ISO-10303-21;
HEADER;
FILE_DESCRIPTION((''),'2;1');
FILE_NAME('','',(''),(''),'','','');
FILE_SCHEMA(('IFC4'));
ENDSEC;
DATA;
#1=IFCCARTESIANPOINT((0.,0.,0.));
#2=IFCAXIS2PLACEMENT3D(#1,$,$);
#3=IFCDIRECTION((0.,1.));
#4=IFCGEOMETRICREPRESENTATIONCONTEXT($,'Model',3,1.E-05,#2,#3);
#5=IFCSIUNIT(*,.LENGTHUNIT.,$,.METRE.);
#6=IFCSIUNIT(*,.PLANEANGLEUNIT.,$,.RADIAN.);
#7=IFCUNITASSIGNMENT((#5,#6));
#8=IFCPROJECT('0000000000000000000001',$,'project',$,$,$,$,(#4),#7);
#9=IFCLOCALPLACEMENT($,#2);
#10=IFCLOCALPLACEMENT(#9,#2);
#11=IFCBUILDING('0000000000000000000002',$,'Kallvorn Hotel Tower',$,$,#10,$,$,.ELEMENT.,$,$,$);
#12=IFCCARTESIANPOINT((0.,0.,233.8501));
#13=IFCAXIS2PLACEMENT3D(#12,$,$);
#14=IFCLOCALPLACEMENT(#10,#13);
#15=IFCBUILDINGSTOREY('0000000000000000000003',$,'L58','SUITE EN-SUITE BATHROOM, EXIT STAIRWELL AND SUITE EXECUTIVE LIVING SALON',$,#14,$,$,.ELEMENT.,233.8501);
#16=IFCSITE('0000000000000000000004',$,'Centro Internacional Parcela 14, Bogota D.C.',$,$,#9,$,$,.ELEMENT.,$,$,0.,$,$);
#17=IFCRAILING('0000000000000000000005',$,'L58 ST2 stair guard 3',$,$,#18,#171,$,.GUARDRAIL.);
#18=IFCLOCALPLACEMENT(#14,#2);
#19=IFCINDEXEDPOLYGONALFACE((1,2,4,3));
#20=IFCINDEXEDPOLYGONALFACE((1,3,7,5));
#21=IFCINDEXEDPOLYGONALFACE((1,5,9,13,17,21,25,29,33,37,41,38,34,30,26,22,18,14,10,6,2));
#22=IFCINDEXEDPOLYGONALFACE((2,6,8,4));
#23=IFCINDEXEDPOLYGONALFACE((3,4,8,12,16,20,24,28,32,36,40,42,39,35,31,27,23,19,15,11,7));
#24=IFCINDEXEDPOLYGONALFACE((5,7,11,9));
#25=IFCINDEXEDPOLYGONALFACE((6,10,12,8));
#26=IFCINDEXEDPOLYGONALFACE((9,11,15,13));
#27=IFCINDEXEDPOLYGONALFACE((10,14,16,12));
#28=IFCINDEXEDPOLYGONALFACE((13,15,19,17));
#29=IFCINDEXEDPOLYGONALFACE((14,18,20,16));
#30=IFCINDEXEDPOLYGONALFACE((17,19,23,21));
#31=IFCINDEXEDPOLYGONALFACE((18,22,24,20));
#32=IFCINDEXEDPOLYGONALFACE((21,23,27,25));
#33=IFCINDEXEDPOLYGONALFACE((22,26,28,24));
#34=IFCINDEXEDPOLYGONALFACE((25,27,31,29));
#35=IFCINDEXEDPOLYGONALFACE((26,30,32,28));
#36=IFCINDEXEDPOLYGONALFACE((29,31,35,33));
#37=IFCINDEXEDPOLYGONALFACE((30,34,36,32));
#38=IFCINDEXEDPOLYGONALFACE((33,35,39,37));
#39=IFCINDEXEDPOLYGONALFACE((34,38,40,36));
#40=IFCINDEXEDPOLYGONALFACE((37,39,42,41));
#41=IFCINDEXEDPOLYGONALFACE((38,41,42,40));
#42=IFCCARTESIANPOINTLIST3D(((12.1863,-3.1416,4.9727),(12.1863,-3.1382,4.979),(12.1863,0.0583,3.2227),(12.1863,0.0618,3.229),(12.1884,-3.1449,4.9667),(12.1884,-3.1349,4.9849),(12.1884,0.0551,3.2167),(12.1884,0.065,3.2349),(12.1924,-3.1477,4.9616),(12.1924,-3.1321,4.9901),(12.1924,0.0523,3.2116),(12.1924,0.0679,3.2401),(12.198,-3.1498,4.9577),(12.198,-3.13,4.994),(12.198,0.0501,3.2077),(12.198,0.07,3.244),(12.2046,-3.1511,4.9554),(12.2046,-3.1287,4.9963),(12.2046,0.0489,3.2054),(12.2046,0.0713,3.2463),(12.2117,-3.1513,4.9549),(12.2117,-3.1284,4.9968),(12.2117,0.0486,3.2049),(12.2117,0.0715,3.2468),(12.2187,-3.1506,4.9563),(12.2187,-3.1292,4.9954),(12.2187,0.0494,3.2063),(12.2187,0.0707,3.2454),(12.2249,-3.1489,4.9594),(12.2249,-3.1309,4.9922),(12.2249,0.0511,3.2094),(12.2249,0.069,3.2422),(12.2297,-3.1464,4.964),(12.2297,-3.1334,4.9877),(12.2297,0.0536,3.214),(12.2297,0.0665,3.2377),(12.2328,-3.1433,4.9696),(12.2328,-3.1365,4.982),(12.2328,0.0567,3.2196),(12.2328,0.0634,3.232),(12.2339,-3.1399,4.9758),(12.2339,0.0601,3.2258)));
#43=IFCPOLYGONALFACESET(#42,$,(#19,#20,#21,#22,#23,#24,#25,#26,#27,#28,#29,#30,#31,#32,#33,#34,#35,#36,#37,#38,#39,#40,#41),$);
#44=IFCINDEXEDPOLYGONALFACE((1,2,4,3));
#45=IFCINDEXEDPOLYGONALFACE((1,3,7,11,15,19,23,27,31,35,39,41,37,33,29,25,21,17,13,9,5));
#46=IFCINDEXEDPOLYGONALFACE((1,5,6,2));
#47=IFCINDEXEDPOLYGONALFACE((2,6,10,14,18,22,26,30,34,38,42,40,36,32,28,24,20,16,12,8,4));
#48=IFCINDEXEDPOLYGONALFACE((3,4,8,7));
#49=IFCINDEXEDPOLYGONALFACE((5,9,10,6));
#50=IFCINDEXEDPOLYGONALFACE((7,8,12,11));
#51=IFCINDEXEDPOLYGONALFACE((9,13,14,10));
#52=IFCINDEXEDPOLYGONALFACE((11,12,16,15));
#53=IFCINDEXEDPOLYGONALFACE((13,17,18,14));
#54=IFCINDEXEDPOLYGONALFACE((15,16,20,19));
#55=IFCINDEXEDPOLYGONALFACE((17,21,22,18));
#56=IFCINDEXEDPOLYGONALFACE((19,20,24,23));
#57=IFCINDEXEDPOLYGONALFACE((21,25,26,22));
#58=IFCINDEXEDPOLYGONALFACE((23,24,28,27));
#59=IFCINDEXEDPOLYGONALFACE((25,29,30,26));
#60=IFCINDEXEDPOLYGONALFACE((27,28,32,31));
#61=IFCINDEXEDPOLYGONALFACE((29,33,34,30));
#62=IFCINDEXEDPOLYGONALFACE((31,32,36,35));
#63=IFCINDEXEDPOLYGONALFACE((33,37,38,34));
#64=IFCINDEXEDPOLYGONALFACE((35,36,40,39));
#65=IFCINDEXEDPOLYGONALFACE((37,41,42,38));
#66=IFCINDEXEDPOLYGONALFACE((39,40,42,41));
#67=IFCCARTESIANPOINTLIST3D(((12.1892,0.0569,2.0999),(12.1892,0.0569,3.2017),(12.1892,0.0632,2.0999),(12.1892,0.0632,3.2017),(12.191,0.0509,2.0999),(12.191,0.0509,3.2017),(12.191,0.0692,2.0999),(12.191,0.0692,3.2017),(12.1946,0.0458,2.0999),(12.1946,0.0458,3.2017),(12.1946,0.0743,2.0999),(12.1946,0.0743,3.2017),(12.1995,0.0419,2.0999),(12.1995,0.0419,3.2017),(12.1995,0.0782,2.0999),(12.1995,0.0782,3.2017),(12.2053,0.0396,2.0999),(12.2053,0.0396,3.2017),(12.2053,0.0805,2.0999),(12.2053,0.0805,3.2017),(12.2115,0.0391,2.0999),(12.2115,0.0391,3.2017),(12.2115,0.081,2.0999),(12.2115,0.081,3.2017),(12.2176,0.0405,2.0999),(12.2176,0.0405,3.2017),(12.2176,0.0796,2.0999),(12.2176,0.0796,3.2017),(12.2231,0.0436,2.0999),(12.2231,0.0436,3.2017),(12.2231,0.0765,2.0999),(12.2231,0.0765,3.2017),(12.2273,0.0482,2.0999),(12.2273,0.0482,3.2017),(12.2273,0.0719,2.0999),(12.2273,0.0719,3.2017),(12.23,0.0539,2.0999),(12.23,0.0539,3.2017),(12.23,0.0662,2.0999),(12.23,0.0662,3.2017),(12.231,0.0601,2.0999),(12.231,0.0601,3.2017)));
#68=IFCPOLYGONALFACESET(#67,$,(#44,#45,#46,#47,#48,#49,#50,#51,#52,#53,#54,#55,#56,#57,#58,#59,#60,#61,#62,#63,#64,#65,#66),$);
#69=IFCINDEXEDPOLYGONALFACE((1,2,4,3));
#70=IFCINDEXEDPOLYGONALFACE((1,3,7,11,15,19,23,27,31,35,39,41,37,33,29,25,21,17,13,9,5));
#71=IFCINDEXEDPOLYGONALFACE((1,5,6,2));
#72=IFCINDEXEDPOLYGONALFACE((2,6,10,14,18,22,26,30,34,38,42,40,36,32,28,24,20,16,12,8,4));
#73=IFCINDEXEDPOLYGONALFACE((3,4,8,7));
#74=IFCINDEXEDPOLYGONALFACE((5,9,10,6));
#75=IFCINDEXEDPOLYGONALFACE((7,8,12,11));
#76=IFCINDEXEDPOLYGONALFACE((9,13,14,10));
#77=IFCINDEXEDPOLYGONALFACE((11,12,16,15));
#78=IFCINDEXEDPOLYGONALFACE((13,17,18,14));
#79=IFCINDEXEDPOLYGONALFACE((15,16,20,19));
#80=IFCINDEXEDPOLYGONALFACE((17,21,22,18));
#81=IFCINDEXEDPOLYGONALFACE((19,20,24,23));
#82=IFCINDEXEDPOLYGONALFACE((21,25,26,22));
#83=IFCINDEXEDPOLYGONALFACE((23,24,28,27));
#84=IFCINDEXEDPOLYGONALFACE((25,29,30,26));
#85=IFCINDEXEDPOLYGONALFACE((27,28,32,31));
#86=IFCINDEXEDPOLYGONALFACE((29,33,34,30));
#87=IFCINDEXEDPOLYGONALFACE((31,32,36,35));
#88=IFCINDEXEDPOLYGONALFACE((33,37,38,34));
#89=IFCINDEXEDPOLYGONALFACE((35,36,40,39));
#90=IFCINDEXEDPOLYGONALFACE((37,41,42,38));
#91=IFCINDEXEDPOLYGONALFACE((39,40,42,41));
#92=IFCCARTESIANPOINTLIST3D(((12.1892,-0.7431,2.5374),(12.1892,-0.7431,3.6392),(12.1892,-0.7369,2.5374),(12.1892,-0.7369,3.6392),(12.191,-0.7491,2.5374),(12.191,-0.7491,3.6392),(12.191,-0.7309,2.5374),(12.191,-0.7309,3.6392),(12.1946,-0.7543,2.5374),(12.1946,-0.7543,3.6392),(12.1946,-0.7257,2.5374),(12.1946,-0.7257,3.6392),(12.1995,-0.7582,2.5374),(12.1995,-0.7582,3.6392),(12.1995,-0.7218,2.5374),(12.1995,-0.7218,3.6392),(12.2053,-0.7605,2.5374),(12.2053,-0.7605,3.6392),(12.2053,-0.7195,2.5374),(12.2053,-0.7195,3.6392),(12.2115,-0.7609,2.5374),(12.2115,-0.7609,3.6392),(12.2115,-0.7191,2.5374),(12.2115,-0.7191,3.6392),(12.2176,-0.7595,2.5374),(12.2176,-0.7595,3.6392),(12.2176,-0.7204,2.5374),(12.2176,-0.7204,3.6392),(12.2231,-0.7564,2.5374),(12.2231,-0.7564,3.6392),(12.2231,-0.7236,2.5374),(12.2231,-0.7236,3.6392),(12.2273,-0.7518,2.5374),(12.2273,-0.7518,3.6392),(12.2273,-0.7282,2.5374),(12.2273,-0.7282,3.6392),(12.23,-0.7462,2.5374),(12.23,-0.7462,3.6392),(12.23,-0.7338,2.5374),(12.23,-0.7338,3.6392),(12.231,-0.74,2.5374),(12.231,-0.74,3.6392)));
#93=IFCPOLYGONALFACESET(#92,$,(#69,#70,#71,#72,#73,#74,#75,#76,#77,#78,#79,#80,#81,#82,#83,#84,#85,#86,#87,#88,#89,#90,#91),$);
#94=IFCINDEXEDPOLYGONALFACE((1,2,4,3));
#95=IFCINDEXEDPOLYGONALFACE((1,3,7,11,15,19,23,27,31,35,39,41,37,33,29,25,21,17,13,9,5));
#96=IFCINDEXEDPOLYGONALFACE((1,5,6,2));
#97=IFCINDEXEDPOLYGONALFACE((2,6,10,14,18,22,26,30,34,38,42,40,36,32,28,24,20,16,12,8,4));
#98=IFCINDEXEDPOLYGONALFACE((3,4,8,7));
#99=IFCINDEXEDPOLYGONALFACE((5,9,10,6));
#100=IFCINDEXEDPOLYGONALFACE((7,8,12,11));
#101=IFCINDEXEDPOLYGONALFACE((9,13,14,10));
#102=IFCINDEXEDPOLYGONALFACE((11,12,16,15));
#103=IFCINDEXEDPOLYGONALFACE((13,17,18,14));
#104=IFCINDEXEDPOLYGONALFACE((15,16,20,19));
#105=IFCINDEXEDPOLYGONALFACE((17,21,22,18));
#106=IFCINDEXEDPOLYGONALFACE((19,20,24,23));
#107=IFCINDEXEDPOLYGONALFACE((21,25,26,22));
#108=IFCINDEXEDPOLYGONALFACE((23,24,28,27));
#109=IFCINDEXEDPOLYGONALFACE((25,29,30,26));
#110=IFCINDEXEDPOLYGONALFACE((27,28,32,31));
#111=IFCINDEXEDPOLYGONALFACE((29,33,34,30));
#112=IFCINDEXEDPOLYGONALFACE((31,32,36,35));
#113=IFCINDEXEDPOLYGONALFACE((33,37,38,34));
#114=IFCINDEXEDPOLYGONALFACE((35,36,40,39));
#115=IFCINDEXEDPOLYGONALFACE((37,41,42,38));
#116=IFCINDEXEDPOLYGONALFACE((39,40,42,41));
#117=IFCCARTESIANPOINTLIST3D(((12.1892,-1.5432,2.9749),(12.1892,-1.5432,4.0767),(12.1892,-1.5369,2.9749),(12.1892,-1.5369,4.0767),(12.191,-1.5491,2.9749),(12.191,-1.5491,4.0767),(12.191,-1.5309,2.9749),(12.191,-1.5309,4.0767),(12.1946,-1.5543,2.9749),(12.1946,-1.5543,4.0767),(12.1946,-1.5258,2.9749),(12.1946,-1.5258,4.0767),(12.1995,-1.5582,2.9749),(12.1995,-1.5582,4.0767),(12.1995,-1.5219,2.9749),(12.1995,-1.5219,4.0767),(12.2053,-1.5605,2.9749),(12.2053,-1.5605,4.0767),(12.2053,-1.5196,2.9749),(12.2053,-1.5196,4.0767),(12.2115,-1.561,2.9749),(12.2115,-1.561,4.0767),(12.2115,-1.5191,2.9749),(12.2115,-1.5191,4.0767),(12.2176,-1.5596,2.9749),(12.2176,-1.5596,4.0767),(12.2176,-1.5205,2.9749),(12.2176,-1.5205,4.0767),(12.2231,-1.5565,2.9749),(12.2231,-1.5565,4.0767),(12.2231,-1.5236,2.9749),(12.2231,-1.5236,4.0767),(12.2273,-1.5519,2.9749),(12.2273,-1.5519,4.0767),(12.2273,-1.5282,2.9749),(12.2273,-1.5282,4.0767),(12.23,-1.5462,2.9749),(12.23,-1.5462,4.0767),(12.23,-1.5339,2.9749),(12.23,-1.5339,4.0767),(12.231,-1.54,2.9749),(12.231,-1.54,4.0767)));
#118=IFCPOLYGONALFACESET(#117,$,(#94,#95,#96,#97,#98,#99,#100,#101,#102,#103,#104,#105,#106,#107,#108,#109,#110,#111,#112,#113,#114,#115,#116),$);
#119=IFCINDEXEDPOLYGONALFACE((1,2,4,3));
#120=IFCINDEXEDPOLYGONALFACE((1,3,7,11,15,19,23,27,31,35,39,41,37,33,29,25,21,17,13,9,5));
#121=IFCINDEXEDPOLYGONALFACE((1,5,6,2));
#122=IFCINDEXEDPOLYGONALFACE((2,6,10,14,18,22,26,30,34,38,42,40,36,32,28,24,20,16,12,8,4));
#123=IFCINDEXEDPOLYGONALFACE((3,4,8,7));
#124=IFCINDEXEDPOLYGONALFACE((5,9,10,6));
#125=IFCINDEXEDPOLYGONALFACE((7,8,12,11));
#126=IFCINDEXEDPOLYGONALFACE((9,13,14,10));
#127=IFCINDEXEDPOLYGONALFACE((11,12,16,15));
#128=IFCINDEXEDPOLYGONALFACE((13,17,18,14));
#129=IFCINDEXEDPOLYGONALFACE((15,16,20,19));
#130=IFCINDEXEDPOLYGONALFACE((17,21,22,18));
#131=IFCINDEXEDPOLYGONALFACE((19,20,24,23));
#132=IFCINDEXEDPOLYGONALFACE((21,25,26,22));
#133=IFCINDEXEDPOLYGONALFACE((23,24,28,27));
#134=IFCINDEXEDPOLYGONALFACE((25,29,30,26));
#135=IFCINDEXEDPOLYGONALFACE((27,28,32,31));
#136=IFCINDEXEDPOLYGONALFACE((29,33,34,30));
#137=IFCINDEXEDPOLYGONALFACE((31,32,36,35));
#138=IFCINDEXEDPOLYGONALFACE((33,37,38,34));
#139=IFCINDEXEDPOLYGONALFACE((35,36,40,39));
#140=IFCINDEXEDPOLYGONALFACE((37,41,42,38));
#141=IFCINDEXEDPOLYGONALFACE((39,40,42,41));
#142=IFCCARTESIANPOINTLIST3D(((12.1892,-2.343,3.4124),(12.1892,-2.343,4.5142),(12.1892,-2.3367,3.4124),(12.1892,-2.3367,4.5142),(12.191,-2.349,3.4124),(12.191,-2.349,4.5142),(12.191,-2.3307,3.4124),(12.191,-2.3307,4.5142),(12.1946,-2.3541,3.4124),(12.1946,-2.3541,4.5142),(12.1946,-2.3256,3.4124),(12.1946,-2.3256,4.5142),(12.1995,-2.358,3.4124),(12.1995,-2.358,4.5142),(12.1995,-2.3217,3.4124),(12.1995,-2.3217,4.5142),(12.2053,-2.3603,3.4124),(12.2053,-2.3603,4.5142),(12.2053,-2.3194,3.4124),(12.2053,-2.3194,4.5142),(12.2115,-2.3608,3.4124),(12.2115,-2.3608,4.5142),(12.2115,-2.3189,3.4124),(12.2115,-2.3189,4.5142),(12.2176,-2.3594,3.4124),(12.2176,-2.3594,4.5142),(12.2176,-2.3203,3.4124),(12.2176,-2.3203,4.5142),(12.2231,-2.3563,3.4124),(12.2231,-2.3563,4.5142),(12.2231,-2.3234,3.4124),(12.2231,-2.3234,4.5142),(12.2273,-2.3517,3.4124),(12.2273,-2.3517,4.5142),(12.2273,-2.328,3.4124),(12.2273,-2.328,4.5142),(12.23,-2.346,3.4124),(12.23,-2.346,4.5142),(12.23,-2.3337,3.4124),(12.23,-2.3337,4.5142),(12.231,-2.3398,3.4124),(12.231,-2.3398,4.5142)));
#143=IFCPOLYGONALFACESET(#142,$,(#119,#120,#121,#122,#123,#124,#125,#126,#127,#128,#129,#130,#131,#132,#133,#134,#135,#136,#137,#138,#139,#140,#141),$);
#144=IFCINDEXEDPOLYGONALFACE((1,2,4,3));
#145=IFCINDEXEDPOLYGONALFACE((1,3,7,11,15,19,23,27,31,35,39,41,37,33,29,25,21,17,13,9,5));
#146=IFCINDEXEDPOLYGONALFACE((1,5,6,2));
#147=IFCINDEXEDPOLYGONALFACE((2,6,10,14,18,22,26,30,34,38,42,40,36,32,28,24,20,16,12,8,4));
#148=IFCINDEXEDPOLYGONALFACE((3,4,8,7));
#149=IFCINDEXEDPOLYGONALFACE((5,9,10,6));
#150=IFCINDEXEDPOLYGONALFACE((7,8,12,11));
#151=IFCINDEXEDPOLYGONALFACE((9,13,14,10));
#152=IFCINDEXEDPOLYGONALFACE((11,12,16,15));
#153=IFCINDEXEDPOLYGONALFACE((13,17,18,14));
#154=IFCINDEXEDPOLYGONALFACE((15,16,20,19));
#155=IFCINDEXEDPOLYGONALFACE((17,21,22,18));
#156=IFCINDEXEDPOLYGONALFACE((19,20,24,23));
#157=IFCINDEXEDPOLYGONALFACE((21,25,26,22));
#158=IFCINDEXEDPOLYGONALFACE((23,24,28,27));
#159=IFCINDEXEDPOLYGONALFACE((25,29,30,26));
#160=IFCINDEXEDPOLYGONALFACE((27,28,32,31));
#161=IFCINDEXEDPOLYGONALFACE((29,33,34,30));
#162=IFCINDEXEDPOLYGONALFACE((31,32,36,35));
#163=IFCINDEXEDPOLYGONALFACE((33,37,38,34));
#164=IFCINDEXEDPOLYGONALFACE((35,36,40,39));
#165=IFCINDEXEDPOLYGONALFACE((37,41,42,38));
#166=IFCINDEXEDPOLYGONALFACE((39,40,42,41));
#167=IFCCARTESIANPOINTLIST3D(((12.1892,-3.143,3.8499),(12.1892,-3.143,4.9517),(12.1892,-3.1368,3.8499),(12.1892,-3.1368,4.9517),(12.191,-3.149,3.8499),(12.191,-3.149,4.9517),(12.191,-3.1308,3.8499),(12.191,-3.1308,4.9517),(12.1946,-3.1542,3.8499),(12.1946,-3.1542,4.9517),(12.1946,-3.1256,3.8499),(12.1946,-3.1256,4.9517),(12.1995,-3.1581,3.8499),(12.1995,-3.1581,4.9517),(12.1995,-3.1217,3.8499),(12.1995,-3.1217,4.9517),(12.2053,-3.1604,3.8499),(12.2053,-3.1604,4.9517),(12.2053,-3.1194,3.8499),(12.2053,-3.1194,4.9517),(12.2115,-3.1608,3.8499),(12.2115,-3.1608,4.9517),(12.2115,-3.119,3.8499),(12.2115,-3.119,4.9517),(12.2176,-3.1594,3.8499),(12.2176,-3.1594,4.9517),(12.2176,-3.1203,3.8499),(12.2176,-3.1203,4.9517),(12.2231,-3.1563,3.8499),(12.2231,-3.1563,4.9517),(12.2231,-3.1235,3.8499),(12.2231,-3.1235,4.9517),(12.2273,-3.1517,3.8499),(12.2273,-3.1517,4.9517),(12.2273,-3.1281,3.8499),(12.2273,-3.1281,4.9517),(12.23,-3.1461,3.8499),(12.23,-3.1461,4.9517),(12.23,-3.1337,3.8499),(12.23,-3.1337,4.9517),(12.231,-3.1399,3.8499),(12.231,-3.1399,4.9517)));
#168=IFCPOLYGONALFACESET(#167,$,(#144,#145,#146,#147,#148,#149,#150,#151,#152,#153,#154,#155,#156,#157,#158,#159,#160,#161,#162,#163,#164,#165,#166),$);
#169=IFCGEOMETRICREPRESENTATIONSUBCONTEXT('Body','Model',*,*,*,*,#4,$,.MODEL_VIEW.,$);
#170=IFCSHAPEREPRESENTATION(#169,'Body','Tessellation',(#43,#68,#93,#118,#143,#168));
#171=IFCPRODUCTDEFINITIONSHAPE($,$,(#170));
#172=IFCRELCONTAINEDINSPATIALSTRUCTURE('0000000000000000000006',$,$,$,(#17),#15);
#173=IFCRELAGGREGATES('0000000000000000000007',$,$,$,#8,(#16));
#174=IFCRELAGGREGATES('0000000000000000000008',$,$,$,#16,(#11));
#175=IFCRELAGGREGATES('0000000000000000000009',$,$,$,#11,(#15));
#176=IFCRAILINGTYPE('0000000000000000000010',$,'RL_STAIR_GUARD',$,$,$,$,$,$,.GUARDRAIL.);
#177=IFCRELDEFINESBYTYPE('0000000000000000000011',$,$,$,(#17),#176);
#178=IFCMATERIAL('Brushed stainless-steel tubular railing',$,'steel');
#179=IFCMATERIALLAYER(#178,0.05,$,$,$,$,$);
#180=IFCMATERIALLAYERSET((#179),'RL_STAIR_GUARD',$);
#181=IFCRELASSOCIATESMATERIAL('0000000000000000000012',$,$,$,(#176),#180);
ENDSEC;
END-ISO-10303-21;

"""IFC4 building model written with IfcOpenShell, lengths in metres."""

from ifc_helpers import new_model, si_unit, direction, frame, origin, origin_2d, place, context, subcontext, project, spatial, circle, extrude, material, layer, layer_set, type_object, element, save


model = new_model("IFC4")

# Units and contexts
model_context = context("Model", 3, precision=1e-05, world=origin(), true_north=direction((0.0, 1.0)))
body_context = subcontext(model_context, "Body", "Model", "MODEL_VIEW")
ifc_project = project(units=[si_unit("LENGTHUNIT", "METRE"), si_unit("PLANEANGLEUNIT", "RADIAN")], contexts=[model_context])

# Site, building, storey
site_placement = place(None, origin())
site = spatial("IfcSite", under=ifc_project, at=site_placement, Name="Centro Internacional Parcela 14, Bogota D.C.", CompositionType="ELEMENT", RefElevation=0.0)
building_placement = place(site_placement, origin())
building = spatial("IfcBuilding", under=site, at=building_placement, Name="Kallvorn Hotel Tower", CompositionType="ELEMENT")
storey_placement = place(building_placement, frame((0.0, 0.0, 233.8501)))
storey = spatial("IfcBuildingStorey", under=building, at=storey_placement, Name="L58", Description="SUITE EN-SUITE BATHROOM, EXIT STAIRWELL AND SUITE EXECUTIVE LIVING SALON", CompositionType="ELEMENT", Elevation=233.8501)

# Railing
ifc_material_1 = material(Name="Brushed stainless-steel tubular railing", Category="steel")
ifc_layer_1 = layer(ifc_material_1, 0.05)
ifc_layer_set_1 = layer_set([ifc_layer_1], Name="RL_STAIR_GUARD")
railing_type_1 = type_object("IfcRailingType", Name="RL_STAIR_GUARD", PredefinedType="GUARDRAIL", material=ifc_layer_set_1)
railing_1_placement = place(storey_placement, frame((12.21, 0.0601, 2.0999)))
element("IfcRailing", 1, at=railing_1_placement, inside=storey, type_object=railing_type_1, Name="L58 ST2 stair guard 3", PredefinedType="GUARDRAIL", context=body_context, shape_type="SweptSolid", body=[
    extrude(circle(Radius=0.0239, at=origin_2d()), frame((0.0, 0.0, 1.126), z_axis=(0.0, -0.877368, 0.479818), x_axis=(1.0, 0.0, 0.0)), (0.0, 0.0, 1.0), 3.6472),
    extrude(circle(Radius=0.021, at=origin_2d()), origin(), (0.0, 0.0, 1.0), 1.1018),
    extrude(circle(Radius=0.021, at=origin_2d()), frame((0.0, -0.8, 0.4375)), (0.0, 0.0, 1.0), 1.1018),
    extrude(circle(Radius=0.021, at=origin_2d()), frame((0.0, -1.6001, 0.875)), (0.0, 0.0, 1.0), 1.1018),
    extrude(circle(Radius=0.021, at=origin_2d()), frame((0.0, -2.3999, 1.3125)), (0.0, 0.0, 1.0), 1.1018),
    extrude(circle(Radius=0.021, at=origin_2d()), frame((0.0, -3.2, 1.75)), (0.0, 0.0, 1.0), 1.1018),
])

save(model, "model.ifc")
